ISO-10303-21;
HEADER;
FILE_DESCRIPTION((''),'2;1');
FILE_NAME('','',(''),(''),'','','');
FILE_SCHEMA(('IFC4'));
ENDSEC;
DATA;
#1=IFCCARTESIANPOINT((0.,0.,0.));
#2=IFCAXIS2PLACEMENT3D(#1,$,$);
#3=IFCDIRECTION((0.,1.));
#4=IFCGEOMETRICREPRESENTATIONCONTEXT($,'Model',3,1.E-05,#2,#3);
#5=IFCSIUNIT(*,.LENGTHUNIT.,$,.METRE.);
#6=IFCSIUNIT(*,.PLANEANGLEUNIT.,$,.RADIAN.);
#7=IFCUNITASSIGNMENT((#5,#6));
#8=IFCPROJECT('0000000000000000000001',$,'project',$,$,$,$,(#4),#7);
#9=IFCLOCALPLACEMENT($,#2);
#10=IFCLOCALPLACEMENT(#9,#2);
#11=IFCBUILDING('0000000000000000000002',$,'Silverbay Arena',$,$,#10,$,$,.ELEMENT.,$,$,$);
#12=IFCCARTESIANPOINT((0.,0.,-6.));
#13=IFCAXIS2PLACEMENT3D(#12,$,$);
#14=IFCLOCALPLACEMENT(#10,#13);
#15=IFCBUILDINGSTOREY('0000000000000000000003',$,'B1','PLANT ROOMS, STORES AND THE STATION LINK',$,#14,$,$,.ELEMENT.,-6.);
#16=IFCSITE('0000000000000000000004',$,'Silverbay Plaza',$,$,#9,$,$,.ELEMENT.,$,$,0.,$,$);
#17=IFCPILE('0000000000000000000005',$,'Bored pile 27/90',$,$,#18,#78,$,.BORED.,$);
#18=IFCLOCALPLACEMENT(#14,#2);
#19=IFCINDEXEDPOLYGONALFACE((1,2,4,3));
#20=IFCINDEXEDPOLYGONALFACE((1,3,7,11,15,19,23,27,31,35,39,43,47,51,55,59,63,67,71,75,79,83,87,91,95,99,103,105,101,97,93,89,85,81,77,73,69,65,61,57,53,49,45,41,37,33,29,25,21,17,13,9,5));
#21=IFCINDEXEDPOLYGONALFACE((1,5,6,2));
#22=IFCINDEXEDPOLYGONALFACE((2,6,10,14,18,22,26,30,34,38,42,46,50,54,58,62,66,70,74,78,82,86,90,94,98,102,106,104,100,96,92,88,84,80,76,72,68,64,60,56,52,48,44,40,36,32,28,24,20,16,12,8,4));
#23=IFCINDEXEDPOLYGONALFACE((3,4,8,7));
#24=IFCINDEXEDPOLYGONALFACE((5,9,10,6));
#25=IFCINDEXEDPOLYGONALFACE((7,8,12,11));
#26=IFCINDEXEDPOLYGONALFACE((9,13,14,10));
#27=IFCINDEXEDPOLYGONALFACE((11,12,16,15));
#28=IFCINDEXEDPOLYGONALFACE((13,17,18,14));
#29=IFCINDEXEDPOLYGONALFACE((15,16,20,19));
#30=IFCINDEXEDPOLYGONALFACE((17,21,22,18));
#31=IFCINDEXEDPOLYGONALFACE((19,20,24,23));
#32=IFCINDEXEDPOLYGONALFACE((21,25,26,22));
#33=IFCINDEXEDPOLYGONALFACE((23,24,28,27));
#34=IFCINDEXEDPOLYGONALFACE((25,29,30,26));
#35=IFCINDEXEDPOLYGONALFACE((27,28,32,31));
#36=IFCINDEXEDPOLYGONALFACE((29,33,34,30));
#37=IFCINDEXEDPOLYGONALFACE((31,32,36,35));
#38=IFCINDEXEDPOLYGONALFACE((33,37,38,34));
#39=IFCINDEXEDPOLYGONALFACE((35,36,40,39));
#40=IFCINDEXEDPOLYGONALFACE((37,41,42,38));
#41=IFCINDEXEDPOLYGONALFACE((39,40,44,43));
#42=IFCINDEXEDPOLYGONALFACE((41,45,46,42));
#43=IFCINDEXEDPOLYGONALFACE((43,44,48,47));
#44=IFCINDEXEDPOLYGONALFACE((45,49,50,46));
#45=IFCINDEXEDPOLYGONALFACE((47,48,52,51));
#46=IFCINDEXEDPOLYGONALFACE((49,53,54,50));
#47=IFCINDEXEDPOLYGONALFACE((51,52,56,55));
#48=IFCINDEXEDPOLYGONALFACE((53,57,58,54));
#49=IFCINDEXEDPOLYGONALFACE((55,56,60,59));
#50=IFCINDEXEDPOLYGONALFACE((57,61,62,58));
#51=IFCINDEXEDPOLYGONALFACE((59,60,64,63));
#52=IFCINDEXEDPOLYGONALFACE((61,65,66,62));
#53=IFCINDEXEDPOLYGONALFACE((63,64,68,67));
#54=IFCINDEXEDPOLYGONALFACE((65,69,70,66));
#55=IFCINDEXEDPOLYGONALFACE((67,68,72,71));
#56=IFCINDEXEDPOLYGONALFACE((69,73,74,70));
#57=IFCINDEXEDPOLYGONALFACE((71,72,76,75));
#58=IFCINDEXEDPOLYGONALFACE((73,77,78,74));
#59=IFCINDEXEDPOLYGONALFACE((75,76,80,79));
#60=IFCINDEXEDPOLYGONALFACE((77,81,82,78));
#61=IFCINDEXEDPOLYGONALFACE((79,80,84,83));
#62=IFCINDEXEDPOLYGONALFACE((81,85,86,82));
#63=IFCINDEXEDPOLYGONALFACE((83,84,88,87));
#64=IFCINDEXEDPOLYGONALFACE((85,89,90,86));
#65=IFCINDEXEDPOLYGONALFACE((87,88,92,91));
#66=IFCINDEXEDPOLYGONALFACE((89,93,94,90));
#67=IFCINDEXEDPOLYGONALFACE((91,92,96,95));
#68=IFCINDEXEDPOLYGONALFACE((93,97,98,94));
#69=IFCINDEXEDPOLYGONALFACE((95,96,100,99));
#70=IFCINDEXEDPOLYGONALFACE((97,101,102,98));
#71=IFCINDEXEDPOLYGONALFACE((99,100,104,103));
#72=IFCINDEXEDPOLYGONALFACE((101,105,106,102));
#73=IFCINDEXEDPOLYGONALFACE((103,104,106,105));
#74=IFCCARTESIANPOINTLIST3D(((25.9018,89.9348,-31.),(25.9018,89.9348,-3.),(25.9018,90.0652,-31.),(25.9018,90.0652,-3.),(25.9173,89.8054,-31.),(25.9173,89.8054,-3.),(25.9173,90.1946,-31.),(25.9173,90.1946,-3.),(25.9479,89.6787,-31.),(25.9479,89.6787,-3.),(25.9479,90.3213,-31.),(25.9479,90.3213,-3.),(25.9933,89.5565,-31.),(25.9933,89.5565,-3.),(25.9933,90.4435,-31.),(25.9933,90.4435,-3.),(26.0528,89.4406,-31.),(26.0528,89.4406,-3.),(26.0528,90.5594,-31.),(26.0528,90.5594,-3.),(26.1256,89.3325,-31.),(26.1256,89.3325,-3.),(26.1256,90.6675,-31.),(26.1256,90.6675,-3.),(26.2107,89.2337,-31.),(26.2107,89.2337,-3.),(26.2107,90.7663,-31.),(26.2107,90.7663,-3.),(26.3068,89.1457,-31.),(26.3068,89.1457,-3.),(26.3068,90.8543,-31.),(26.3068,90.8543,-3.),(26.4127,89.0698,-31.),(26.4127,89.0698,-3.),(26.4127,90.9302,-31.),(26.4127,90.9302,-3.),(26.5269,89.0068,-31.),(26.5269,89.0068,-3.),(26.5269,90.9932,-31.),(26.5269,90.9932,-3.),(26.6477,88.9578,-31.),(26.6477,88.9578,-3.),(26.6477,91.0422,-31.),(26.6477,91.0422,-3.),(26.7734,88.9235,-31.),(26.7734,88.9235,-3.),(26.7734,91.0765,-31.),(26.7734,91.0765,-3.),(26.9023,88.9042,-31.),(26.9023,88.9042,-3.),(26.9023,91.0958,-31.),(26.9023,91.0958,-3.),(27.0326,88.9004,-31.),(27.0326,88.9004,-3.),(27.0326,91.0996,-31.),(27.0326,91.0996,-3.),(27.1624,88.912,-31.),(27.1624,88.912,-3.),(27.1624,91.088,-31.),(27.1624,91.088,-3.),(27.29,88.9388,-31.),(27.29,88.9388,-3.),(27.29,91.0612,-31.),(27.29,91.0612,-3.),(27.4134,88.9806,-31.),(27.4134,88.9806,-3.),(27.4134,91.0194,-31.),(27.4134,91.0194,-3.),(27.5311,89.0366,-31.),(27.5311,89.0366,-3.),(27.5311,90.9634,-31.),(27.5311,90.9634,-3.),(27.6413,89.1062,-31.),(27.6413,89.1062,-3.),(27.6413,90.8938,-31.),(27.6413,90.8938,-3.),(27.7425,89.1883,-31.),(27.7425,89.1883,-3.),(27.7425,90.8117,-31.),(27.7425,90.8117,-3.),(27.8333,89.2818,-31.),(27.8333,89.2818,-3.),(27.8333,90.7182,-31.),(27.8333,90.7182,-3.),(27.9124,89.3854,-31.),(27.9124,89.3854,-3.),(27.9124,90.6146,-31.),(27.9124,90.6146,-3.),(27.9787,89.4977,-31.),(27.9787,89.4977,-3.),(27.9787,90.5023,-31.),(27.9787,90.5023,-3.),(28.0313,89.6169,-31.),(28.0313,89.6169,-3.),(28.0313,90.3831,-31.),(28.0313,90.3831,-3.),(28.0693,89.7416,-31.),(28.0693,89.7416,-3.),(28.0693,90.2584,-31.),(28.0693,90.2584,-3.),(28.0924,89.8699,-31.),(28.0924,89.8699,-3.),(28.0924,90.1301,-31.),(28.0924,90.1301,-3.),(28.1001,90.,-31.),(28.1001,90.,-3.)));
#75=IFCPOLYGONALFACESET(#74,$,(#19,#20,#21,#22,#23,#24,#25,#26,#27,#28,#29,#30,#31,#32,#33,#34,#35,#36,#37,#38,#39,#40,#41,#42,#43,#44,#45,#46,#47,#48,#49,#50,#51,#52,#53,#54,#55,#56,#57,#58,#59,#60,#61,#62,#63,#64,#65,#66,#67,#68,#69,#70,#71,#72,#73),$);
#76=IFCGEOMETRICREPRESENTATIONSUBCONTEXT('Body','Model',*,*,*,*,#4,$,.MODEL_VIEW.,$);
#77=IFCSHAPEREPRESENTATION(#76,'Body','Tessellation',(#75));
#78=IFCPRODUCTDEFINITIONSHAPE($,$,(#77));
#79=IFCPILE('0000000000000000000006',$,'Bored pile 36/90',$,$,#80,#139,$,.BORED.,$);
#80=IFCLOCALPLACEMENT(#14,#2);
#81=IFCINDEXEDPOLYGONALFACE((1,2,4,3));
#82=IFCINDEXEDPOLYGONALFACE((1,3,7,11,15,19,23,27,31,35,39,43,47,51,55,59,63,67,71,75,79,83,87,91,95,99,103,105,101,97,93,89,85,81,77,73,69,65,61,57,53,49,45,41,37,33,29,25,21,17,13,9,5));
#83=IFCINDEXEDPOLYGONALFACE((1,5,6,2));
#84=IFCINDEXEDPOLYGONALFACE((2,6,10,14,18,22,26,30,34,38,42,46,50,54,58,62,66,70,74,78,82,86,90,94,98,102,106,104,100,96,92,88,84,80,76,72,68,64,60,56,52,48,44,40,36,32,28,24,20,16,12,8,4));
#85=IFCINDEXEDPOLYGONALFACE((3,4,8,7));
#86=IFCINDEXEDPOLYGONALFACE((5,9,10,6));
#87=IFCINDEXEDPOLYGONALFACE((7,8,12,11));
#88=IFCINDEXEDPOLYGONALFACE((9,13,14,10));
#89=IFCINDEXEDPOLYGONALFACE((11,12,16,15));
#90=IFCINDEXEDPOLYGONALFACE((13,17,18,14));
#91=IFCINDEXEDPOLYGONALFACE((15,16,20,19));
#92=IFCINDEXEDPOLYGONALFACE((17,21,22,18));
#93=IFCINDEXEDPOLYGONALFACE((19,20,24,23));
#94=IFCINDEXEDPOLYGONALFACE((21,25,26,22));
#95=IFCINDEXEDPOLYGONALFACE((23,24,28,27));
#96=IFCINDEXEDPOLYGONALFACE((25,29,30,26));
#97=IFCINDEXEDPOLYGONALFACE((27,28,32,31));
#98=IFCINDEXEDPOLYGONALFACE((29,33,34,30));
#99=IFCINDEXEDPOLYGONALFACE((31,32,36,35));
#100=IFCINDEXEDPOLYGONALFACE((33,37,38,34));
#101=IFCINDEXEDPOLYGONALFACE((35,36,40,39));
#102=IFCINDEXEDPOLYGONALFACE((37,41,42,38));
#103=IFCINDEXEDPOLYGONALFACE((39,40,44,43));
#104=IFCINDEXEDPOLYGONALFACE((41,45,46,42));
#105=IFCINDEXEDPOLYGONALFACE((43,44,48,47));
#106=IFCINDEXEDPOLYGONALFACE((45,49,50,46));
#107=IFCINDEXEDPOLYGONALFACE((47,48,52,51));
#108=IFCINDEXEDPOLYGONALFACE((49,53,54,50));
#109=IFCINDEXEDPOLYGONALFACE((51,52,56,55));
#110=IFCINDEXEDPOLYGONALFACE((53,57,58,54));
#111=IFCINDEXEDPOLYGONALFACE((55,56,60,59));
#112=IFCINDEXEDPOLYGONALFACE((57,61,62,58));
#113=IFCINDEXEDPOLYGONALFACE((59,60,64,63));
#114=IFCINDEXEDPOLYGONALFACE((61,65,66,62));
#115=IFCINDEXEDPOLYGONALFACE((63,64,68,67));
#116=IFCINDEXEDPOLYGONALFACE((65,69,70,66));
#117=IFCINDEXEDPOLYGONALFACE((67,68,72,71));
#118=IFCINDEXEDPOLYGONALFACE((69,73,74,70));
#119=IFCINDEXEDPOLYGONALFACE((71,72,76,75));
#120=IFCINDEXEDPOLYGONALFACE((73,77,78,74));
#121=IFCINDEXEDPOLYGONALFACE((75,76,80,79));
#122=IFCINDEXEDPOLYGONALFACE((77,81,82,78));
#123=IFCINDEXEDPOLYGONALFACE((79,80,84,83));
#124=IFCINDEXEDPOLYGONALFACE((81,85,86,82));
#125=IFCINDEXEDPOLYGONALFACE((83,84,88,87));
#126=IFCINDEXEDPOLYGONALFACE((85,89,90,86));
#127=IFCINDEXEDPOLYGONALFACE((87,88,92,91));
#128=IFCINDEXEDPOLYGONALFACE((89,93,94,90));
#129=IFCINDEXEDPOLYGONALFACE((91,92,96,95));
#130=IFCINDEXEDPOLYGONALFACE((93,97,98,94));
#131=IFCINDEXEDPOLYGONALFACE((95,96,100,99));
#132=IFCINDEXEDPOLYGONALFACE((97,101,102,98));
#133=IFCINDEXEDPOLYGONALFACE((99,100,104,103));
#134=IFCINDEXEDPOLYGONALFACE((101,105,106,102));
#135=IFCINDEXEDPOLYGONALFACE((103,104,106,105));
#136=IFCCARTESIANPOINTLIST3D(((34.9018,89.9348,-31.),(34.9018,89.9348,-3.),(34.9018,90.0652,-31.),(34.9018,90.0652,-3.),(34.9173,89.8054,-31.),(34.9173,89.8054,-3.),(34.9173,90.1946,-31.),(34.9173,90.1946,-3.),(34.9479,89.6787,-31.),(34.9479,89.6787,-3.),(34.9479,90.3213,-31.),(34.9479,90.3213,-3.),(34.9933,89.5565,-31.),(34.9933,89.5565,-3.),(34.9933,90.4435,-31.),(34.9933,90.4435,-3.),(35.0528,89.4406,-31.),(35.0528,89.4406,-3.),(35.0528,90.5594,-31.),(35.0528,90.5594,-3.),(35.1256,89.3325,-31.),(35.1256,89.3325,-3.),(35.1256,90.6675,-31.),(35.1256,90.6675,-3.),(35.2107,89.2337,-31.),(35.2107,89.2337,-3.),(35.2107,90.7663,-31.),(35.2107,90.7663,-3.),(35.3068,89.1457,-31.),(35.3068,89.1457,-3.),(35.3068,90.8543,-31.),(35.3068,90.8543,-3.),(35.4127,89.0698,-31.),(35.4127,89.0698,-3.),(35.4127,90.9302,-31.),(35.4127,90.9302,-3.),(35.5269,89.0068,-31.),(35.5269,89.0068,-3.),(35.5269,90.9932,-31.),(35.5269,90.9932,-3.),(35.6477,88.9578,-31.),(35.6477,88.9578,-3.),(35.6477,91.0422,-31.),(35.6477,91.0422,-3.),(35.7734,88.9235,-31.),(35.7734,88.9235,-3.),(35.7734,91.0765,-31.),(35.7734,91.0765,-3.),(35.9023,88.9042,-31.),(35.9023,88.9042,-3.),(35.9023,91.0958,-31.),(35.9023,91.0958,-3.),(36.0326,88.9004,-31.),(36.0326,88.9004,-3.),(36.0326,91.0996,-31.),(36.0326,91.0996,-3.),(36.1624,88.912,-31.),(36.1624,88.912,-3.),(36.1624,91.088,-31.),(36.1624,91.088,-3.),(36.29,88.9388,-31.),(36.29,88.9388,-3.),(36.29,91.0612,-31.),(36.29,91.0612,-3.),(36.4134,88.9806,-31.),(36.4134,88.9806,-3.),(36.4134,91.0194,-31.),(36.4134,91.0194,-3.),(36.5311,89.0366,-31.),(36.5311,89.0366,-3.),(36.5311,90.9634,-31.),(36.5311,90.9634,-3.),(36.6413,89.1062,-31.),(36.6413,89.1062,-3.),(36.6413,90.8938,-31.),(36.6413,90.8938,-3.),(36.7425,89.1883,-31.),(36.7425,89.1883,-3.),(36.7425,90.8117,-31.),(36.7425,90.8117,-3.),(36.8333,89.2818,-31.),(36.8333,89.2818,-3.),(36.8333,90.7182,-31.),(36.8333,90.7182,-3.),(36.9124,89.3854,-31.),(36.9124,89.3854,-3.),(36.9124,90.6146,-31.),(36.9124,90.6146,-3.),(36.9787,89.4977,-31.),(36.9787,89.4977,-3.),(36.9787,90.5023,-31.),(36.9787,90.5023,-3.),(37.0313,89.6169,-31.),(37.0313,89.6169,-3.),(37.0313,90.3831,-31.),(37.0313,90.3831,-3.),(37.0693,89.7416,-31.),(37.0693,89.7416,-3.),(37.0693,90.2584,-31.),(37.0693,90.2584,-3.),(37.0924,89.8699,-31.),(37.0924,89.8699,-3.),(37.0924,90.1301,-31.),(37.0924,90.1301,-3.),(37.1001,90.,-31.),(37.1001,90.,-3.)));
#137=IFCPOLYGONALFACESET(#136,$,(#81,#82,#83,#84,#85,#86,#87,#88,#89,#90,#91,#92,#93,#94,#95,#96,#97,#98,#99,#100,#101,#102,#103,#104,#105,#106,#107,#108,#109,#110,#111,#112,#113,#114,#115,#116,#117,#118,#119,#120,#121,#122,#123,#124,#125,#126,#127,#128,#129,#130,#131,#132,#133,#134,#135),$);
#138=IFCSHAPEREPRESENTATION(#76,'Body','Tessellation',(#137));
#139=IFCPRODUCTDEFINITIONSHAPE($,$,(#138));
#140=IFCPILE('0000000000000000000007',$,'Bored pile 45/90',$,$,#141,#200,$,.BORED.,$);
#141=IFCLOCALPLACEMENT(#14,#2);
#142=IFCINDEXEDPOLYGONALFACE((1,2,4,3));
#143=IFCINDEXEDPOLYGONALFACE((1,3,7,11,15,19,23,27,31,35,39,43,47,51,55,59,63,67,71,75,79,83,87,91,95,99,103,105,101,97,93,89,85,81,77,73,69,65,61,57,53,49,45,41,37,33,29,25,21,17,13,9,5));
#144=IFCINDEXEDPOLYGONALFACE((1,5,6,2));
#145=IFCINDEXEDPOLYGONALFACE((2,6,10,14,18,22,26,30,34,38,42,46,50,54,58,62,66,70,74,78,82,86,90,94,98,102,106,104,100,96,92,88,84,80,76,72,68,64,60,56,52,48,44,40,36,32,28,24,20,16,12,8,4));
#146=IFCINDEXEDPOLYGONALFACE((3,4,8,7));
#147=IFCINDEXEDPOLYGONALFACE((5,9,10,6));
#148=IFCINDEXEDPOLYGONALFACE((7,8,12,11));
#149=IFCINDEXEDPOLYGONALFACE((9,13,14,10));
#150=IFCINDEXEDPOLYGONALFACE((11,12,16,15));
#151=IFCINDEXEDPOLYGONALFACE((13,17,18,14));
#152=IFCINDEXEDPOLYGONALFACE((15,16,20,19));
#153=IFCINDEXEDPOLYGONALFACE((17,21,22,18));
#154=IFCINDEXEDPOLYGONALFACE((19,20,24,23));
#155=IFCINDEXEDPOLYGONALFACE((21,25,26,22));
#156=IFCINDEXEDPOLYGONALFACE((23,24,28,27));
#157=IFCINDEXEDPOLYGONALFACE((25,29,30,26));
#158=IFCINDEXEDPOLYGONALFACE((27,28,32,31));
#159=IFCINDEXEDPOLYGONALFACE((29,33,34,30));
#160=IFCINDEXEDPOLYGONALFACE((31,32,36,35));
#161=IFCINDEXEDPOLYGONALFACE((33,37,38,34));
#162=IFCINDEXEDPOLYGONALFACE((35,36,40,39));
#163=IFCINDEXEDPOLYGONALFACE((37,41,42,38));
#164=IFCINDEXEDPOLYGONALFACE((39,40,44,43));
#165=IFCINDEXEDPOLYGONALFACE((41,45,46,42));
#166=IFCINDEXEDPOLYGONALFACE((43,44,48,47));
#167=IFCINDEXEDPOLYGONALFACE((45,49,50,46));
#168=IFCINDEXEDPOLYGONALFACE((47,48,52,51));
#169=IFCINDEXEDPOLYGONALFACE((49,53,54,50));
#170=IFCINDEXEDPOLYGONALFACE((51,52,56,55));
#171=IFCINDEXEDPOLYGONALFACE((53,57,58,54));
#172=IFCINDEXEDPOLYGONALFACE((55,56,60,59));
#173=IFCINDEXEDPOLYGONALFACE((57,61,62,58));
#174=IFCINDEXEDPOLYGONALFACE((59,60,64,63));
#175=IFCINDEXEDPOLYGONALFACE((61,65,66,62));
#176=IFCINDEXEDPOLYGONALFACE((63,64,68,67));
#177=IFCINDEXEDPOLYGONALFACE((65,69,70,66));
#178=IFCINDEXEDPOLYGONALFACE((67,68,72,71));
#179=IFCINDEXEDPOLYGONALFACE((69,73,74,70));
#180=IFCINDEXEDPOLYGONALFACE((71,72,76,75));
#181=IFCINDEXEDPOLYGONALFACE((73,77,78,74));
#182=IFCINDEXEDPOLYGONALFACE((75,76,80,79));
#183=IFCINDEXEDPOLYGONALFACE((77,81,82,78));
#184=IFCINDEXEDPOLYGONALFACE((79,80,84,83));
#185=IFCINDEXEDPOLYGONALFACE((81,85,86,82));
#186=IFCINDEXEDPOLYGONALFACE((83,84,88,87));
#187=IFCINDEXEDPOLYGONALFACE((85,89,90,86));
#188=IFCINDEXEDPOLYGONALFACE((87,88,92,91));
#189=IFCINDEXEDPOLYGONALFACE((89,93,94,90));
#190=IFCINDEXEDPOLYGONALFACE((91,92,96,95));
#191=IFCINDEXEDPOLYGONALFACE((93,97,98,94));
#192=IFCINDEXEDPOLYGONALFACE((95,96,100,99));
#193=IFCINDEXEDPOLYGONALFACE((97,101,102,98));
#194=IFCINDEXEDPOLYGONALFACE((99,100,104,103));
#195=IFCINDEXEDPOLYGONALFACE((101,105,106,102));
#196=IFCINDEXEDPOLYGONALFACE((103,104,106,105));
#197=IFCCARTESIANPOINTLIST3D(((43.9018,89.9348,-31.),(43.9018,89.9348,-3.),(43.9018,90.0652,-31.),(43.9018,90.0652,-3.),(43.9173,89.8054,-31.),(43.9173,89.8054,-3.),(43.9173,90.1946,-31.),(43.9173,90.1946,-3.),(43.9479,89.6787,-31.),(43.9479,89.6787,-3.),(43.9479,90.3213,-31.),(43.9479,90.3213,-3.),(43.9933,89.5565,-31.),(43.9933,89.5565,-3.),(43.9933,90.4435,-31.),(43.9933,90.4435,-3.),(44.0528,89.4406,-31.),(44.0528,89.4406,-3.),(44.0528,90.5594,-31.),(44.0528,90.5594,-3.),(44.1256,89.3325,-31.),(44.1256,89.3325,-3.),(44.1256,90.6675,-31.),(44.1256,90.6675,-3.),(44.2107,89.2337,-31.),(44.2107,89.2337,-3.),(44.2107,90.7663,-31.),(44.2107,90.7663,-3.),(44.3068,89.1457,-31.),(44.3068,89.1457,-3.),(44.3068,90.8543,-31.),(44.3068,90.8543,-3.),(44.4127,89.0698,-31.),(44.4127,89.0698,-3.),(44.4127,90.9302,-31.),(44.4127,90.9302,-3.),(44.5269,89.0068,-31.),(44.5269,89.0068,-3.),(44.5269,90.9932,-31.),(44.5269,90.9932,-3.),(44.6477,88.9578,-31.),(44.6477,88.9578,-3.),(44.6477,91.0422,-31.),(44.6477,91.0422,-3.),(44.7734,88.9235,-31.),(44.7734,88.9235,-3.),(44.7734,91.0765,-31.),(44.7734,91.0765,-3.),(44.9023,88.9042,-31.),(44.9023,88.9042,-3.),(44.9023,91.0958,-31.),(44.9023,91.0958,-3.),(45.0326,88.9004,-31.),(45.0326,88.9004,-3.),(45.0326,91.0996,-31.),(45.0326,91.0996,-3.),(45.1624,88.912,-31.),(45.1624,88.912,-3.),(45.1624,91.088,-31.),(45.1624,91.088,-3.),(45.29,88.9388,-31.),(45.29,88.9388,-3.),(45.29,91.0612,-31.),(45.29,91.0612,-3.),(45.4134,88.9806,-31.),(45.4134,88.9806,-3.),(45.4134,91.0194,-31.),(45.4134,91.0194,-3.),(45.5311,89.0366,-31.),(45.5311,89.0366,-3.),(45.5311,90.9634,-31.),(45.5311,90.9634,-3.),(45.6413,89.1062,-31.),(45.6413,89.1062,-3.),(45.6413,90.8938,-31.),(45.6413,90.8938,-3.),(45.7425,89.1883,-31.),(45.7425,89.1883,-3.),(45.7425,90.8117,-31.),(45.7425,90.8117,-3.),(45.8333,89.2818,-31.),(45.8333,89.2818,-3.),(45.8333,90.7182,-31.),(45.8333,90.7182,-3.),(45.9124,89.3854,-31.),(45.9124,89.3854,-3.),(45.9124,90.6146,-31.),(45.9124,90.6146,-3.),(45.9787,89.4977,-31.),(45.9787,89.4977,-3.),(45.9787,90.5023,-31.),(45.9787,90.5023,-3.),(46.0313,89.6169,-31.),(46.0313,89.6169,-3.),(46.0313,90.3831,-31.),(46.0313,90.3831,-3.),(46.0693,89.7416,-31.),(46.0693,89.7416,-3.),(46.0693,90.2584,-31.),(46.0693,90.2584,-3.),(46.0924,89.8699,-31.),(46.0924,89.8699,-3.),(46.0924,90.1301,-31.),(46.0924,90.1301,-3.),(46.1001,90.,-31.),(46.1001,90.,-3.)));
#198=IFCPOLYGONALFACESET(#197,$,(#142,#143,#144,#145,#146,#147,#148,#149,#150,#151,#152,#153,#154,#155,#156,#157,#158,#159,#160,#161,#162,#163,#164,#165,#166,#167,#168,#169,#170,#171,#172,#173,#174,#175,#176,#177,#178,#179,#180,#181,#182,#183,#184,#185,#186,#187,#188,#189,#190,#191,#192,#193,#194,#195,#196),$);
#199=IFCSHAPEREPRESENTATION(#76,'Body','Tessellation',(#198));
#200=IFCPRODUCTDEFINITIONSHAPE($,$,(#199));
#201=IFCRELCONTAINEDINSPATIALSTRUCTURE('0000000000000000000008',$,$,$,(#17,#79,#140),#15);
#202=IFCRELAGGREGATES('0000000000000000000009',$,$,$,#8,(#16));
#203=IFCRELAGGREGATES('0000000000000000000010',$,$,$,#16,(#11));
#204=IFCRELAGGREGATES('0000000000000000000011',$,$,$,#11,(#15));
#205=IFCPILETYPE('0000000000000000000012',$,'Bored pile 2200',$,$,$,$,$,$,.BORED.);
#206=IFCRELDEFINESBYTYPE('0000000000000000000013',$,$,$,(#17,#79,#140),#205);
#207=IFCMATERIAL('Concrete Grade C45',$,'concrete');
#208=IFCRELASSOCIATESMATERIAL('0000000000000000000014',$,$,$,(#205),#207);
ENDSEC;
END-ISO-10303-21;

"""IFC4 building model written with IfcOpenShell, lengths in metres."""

from ifc_helpers import new_model, si_unit, direction, frame, origin, origin_2d, place, context, subcontext, project, spatial, circle, extrude, material, material_profile, profile_set, type_object, element, save


model = new_model("IFC4")

# Units and contexts
model_context = context("Model", 3, precision=1e-05, world=origin(), true_north=direction((0.0, 1.0)))
body_context = subcontext(model_context, "Body", "Model", "MODEL_VIEW")
ifc_project = project(units=[si_unit("LENGTHUNIT", "METRE"), si_unit("PLANEANGLEUNIT", "RADIAN")], contexts=[model_context])

# Site, building, storey
site_placement = place(None, origin())
site = spatial("IfcSite", under=ifc_project, at=site_placement, Name="Silverbay Plaza", CompositionType="ELEMENT", RefElevation=0.0)
building_placement = place(site_placement, origin())
building = spatial("IfcBuilding", under=site, at=building_placement, Name="Silverbay Arena", CompositionType="ELEMENT")
storey_placement = place(building_placement, frame((0.0, 0.0, -6.0)))
storey = spatial("IfcBuildingStorey", under=building, at=storey_placement, Name="B1", Description="PLANT ROOMS, STORES AND THE STATION LINK", CompositionType="ELEMENT", Elevation=-6.0)

# Piles
ifc_material_1 = material(Name="Concrete Grade C45", Category="concrete")
ifc_material_profile_1 = material_profile(ifc_material_1, circle(Radius=1.1001, at=origin_2d()), Name="Bored pile 2200")
ifc_profile_set_1 = profile_set([ifc_material_profile_1], Name="Concrete Grade C45")
pile_type_1 = type_object("IfcPileType", Name="Bored pile 2200", PredefinedType="BORED", material=ifc_profile_set_1)
for number, where, z_axis, x_axis, name in (
    (1, (27.0, 90.0, -3.0), (0.0, 0.0, -1.0), (1.0, 0.0, 0.0), "Bored pile 27/90"),
    (2, (36.0, 90.0, -3.0), (0.0, 0.0, -1.0), (1.0, 0.0, 0.0), "Bored pile 36/90"),
    (3, (45.0, 90.0, -3.0), (0.0, 0.0, -1.0), (1.0, 0.0, 0.0), "Bored pile 45/90"),
):
    element("IfcPile", number, at=place(storey_placement, frame(where, z_axis=z_axis, x_axis=x_axis)), inside=storey, type_object=pile_type_1, Name=name, PredefinedType="BORED", context=body_context, shape_type="SweptSolid", body=[
        extrude(circle(Radius=1.1001, at=origin_2d()), origin(), (0.0, 0.0, 1.0), 28.0),
    ])

save(model, "model.ifc")
